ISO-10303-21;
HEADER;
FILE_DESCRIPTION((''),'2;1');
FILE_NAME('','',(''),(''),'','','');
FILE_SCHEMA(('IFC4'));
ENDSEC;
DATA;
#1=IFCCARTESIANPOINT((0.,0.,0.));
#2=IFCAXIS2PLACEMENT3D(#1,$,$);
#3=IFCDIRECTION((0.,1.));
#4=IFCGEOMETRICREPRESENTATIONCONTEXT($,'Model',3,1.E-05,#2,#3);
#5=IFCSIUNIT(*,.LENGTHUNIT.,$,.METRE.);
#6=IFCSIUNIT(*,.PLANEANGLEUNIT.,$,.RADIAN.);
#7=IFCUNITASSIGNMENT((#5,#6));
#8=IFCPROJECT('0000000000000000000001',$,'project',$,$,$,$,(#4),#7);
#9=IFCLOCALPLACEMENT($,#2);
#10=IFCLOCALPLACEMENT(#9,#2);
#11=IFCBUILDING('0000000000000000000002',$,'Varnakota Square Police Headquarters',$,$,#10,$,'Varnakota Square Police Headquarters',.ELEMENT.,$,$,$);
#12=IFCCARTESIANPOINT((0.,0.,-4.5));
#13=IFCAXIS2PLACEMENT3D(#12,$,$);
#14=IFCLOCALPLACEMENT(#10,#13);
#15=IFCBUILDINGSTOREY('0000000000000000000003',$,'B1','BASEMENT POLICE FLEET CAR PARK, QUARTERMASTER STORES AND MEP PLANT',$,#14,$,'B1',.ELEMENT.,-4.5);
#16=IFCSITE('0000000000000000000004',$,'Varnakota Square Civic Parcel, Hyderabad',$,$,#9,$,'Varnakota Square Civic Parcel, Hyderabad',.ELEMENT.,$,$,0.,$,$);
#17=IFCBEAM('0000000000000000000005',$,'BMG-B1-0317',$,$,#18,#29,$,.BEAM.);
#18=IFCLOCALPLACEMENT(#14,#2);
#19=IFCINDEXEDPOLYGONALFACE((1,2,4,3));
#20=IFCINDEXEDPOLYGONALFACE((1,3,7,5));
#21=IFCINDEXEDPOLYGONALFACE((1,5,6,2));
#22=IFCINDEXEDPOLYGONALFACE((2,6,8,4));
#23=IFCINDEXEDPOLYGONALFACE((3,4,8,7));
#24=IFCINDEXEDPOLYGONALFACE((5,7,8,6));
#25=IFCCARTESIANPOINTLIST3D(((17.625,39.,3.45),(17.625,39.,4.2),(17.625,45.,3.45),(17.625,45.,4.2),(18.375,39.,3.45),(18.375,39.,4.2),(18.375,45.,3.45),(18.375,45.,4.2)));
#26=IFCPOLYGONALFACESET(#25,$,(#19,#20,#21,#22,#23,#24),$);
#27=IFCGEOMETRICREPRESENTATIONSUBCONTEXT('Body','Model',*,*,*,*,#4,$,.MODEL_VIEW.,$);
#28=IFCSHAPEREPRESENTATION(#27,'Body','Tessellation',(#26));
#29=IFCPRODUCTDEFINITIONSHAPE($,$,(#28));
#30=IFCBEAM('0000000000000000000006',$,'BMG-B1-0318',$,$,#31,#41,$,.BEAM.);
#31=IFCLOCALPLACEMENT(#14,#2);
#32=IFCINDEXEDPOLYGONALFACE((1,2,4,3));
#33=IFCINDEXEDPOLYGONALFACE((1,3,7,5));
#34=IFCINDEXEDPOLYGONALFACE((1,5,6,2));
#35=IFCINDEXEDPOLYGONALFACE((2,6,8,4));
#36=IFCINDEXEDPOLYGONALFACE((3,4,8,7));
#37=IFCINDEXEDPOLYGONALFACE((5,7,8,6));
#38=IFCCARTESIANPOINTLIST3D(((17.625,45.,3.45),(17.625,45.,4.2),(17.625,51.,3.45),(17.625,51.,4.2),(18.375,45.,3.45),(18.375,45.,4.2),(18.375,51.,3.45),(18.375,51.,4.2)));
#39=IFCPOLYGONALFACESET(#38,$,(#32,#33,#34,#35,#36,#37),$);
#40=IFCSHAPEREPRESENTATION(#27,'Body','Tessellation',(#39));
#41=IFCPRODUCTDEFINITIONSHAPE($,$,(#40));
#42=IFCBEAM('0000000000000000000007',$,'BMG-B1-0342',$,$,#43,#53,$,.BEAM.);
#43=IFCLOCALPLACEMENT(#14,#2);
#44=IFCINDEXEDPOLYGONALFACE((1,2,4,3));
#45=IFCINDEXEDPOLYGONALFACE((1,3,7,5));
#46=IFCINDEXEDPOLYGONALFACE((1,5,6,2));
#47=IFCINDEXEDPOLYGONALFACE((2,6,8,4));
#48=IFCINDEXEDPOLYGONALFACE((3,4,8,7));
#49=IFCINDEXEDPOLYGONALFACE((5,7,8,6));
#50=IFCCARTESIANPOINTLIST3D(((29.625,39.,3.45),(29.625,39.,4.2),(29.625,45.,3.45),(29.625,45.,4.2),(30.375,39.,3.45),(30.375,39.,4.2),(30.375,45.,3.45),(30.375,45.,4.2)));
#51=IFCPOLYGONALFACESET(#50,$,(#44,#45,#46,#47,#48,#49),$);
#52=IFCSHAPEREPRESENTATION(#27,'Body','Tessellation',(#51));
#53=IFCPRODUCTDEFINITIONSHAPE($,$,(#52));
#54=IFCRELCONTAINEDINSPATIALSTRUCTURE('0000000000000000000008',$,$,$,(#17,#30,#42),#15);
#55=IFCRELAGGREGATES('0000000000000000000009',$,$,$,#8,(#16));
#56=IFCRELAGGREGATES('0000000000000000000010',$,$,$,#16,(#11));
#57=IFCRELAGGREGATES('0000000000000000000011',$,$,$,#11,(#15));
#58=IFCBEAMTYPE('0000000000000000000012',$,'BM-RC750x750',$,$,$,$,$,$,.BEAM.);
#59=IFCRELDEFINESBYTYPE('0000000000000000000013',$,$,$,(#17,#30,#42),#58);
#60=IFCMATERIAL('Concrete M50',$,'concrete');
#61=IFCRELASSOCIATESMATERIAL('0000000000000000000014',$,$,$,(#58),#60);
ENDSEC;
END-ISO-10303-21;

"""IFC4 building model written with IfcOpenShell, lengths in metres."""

from ifc_helpers import new_model, si_unit, direction, frame, origin, origin_2d, place, context, subcontext, project, spatial, rectangle, extrude, material, material_profile, profile_set, type_object, element, save


model = new_model("IFC4")

# Units and contexts
model_context = context("Model", 3, precision=1e-05, world=origin(), true_north=direction((0.0, 1.0)))
body_context = subcontext(model_context, "Body", "Model", "MODEL_VIEW")
ifc_project = project(units=[si_unit("LENGTHUNIT", "METRE"), si_unit("PLANEANGLEUNIT", "RADIAN")], contexts=[model_context])

# Site, building, storey
site_placement = place(None, origin())
site = spatial("IfcSite", under=ifc_project, at=site_placement, Name="Varnakota Square Civic Parcel, Hyderabad", LongName="Varnakota Square Civic Parcel, Hyderabad", CompositionType="ELEMENT", RefElevation=0.0)
building_placement = place(site_placement, origin())
building = spatial("IfcBuilding", under=site, at=building_placement, Name="Varnakota Square Police Headquarters", LongName="Varnakota Square Police Headquarters", CompositionType="ELEMENT")
storey_placement = place(building_placement, frame((0.0, 0.0, -4.5)))
storey = spatial("IfcBuildingStorey", under=building, at=storey_placement, Name="B1", Description="BASEMENT POLICE FLEET CAR PARK, QUARTERMASTER STORES AND MEP PLANT", LongName="B1", CompositionType="ELEMENT", Elevation=-4.5)

# Shared definitions
ifc_material_1 = material(Name="Concrete M50", Category="concrete")

# Beams
ifc_material_profile_1 = material_profile(ifc_material_1, rectangle(XDim=0.75, YDim=0.75, at=origin_2d()), Name="RC 750x750")
ifc_profile_set_1 = profile_set([ifc_material_profile_1], Name="Concrete M50")
beam_type_1 = type_object("IfcBeamType", Name="BM-RC750x750", PredefinedType="BEAM", material=ifc_profile_set_1)
for number, where, z_axis, x_axis, name in (
    (1, (18.0, 39.0, 3.825), (0.0, 1.0, 0.0), (-1.0, 0.0, 0.0), "BMG-B1-0317"),
    (2, (18.0, 45.0, 3.825), (0.0, 1.0, 0.0), (-1.0, 0.0, 0.0), "BMG-B1-0318"),
    (3, (30.0, 39.0, 3.825), (0.0, 1.0, 0.0), (-1.0, 0.0, 0.0), "BMG-B1-0342"),
):
    element("IfcBeam", number, at=place(storey_placement, frame(where, z_axis=z_axis, x_axis=x_axis)), inside=storey, type_object=beam_type_1, Name=name, PredefinedType="BEAM", context=body_context, shape_type="SweptSolid", body=[
        extrude(rectangle(XDim=0.75, YDim=0.75, at=origin_2d()), origin(), (0.0, 0.0, 1.0), 6.0),
    ])

save(model, "model.ifc")
